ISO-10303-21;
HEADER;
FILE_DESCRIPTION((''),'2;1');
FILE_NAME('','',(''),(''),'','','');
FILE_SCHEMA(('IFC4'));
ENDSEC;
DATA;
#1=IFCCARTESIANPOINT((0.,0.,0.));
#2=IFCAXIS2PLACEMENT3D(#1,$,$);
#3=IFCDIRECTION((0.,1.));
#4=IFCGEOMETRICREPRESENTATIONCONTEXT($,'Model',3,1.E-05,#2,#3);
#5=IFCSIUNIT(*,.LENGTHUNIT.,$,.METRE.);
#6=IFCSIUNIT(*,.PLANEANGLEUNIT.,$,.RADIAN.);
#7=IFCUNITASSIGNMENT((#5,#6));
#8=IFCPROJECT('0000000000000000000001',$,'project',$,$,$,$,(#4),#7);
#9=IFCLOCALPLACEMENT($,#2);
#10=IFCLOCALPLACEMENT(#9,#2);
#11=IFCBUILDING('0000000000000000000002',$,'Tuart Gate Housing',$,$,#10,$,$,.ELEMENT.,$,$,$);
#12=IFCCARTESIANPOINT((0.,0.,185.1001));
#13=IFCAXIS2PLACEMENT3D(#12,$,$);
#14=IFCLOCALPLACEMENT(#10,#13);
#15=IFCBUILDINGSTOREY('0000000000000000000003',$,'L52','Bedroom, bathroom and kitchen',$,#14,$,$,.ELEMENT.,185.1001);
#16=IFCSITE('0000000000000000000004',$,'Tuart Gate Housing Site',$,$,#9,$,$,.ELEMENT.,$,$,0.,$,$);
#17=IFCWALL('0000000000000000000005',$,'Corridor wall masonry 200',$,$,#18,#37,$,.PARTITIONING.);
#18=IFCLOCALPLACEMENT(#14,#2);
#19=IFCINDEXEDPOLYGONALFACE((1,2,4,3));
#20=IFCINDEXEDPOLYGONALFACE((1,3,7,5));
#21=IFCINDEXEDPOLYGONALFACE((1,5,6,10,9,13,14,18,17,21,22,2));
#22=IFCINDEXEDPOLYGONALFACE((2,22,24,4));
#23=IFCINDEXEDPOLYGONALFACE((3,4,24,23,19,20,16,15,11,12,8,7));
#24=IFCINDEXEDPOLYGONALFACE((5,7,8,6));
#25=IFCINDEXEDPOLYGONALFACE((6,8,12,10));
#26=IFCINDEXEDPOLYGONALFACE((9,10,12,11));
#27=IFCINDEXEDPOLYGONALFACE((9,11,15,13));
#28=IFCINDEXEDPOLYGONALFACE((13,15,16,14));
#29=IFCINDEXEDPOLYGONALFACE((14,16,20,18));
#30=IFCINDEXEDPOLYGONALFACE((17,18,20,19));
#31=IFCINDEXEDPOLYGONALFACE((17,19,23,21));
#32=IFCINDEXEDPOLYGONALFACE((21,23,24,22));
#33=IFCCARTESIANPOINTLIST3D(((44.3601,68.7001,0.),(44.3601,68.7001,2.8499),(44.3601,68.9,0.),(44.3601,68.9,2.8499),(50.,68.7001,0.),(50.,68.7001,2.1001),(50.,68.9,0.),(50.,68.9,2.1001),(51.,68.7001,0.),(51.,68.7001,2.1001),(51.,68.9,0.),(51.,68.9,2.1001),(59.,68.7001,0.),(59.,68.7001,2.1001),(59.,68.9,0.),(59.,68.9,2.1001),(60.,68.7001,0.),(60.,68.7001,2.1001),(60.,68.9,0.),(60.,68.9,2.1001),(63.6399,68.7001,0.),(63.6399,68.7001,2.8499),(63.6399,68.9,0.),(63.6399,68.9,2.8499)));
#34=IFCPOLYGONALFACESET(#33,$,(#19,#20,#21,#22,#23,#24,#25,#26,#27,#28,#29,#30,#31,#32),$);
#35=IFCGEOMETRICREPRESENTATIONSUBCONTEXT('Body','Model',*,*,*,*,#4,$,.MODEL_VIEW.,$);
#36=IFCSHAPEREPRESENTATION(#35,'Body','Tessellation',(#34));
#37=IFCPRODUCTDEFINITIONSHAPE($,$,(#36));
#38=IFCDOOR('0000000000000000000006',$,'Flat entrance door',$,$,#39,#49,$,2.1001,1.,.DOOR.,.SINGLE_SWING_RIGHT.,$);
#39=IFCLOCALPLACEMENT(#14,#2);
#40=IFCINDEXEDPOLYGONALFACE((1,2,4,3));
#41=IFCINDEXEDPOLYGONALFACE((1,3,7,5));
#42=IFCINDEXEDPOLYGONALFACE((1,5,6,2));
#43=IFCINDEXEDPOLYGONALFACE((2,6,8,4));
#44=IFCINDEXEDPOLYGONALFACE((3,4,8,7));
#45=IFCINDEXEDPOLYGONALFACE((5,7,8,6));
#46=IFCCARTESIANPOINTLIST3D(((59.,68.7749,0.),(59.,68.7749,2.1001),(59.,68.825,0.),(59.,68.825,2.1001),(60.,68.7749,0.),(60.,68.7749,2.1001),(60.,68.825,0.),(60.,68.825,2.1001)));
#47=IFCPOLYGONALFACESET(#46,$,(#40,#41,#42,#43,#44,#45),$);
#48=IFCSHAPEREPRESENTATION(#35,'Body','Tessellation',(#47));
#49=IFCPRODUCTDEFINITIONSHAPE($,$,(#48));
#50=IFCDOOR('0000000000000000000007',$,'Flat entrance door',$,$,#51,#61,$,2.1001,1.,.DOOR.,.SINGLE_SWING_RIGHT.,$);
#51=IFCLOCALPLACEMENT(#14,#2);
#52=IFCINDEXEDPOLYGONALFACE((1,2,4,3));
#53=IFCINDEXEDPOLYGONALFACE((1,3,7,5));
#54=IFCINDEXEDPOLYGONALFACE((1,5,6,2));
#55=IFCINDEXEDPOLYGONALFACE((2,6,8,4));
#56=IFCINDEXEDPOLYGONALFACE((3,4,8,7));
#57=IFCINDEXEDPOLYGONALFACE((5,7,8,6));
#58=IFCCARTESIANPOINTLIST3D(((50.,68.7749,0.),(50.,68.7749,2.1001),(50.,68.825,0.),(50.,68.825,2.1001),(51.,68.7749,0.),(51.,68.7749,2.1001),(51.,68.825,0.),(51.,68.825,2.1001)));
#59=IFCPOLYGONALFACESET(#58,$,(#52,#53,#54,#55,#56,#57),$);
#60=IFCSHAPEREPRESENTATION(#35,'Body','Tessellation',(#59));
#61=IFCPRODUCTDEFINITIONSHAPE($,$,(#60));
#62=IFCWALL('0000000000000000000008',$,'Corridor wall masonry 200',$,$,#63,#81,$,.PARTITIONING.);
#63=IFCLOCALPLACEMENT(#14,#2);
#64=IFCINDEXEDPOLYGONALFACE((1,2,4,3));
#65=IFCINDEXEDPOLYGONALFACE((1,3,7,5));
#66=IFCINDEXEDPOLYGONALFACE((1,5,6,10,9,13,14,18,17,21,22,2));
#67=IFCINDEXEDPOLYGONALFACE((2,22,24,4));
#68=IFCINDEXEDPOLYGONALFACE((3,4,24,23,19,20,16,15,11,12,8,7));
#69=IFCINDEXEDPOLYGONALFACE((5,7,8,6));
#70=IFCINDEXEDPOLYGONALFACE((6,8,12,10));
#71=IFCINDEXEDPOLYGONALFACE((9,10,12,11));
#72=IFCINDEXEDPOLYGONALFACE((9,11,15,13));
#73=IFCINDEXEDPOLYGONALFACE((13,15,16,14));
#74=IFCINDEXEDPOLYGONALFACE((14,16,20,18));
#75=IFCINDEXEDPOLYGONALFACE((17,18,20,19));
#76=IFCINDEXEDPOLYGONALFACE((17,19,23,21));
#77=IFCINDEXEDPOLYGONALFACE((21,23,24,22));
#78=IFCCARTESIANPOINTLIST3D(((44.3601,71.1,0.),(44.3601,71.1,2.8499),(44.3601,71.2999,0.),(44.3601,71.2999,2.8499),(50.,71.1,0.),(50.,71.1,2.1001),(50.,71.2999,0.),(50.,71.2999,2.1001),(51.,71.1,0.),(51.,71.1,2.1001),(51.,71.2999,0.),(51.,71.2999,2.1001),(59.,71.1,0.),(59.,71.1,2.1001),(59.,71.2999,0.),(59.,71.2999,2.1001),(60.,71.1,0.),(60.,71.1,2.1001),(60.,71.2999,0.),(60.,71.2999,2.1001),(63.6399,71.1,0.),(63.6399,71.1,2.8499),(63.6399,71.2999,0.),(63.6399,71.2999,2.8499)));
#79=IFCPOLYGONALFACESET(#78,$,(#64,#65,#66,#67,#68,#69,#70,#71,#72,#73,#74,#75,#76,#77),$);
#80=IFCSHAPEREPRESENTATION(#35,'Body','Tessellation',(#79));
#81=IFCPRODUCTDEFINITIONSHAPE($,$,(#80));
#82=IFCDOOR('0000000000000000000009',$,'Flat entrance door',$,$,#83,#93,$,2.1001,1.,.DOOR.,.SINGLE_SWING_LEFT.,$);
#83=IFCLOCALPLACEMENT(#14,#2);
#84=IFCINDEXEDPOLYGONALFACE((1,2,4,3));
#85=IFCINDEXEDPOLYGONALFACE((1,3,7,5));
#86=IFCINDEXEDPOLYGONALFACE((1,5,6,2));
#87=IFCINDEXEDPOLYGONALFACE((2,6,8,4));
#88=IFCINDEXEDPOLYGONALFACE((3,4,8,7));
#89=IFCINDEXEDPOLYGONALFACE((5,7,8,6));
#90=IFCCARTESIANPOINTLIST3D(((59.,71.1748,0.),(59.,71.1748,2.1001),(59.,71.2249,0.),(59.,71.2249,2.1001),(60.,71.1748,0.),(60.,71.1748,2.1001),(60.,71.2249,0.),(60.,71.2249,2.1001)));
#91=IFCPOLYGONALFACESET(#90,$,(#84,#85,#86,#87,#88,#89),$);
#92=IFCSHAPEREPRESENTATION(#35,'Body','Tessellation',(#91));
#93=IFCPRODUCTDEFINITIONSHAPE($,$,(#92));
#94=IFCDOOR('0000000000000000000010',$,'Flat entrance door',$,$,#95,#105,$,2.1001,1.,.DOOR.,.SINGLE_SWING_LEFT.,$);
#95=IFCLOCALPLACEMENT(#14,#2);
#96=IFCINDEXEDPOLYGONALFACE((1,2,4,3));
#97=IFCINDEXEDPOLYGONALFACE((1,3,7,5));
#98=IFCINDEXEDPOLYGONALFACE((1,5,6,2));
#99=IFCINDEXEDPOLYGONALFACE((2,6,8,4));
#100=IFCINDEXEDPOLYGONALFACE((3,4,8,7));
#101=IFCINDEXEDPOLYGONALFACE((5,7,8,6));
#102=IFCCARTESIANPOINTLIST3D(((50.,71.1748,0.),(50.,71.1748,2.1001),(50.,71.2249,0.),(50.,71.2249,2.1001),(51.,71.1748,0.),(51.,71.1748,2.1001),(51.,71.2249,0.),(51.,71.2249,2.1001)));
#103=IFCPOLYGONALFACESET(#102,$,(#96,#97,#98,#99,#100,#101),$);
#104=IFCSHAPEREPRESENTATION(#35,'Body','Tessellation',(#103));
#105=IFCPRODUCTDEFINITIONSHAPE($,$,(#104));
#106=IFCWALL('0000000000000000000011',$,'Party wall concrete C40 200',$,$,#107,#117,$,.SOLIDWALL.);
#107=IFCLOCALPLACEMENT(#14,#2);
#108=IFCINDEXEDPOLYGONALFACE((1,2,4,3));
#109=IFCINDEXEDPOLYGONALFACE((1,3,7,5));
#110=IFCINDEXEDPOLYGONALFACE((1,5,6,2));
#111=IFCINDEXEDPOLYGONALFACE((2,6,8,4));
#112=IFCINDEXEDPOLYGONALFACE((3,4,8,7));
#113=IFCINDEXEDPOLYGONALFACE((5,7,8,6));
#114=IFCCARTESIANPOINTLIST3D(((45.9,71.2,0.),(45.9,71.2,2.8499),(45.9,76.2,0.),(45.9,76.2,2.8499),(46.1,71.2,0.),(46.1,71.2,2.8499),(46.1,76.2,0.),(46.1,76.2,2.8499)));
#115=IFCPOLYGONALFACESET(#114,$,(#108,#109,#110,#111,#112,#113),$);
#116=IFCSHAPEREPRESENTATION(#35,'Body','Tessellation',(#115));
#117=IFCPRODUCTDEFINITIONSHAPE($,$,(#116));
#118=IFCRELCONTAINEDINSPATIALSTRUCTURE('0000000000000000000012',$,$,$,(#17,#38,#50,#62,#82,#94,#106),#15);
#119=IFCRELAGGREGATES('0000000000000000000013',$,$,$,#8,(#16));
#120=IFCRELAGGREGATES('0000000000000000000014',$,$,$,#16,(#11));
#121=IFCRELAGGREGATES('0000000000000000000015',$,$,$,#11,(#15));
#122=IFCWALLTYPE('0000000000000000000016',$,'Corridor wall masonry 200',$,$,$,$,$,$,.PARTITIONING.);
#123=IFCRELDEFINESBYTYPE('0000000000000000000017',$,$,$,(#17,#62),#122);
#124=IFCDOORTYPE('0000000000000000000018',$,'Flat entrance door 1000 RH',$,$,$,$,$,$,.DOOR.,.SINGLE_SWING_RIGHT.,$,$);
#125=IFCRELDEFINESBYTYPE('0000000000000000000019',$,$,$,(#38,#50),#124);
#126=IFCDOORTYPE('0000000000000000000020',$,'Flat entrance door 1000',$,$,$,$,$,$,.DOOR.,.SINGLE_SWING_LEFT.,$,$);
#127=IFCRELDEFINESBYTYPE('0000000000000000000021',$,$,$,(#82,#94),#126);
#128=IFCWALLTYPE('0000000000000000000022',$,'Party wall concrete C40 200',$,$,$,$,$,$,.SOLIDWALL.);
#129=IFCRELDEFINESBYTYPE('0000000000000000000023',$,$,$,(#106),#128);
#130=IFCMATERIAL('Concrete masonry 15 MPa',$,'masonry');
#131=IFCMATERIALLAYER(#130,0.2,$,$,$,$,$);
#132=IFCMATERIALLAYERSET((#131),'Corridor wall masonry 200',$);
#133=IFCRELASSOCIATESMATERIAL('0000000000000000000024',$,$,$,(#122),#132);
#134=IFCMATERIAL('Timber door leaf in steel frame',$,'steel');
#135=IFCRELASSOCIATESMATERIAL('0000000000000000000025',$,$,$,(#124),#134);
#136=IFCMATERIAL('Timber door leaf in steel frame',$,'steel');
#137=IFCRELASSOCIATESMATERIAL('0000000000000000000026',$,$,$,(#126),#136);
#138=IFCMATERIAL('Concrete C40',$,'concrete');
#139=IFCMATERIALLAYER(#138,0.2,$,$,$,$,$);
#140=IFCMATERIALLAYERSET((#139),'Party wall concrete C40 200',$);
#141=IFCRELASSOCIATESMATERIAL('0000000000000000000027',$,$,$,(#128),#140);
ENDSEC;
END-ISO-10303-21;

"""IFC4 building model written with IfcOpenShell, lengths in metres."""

from ifc_helpers import new_model, si_unit, direction, frame, frame_2d, origin, place, context, subcontext, project, spatial, rectangle, extrude, material, layer, layer_set, type_object, element, fill, save


model = new_model("IFC4")

# Units and contexts
model_context = context("Model", 3, precision=1e-05, world=origin(), true_north=direction((0.0, 1.0)))
body_context = subcontext(model_context, "Body", "Model", "MODEL_VIEW")
ifc_project = project(units=[si_unit("LENGTHUNIT", "METRE"), si_unit("PLANEANGLEUNIT", "RADIAN")], contexts=[model_context])

# Site, building, storey
site_placement = place(None, origin())
site = spatial("IfcSite", under=ifc_project, at=site_placement, Name="Tuart Gate Housing Site", CompositionType="ELEMENT", RefElevation=0.0)
building_placement = place(site_placement, origin())
building = spatial("IfcBuilding", under=site, at=building_placement, Name="Tuart Gate Housing", CompositionType="ELEMENT")
storey_placement = place(building_placement, frame((0.0, 0.0, 185.1001)))
storey = spatial("IfcBuildingStorey", under=building, at=storey_placement, Name="L52", Description="Bedroom, bathroom and kitchen", CompositionType="ELEMENT", Elevation=185.1001)

# Walls, openings, doors
ifc_material_1 = material(Name="Concrete masonry 15 MPa", Category="masonry")
ifc_layer_1 = layer(ifc_material_1, 0.2)
ifc_layer_set_1 = layer_set([ifc_layer_1], Name="Corridor wall masonry 200")
wall_type_1 = type_object("IfcWallType", Name="Corridor wall masonry 200", PredefinedType="PARTITIONING", material=ifc_layer_set_1)
wall_1_placement = place(storey_placement, frame((44.3601, 68.8, 0.0), z_axis=(0.0, 0.0, 1.0), x_axis=(1.0, 0.0, 0.0)))
wall_1 = element("IfcWall", 1, at=wall_1_placement, inside=storey, type_object=wall_type_1, Name="Corridor wall masonry 200", PredefinedType="PARTITIONING", context=body_context, shape_type="SweptSolid", body=[
    extrude(rectangle(XDim=19.2798, YDim=0.2, at=frame_2d((9.6399, 0.0))), origin(), (0.0, 0.0, 1.0), 2.8499),
])
opening_1_placement = place(wall_1_placement, frame((14.6399, 0.0, 0.0)))
opening_1 = element("IfcOpeningElement", 2, at=opening_1_placement, cuts=wall_1, PredefinedType="OPENING", context=body_context, shape_type="SweptSolid", body=[
    extrude(rectangle(XDim=1.0, YDim=2.1001, at=frame_2d((0.5, 1.05))), frame((0.0, 0.1099, 0.0), z_axis=(0.0, -1.0, 0.0), x_axis=(1.0, 0.0, 0.0)), (0.0, 0.0, 1.0), 0.22),
])
opening_2_placement = place(wall_1_placement, frame((5.6399, 0.0, 0.0)))
opening_2 = element("IfcOpeningElement", 3, at=opening_2_placement, cuts=wall_1, PredefinedType="OPENING", context=body_context, shape_type="SweptSolid", body=[
    extrude(rectangle(XDim=1.0, YDim=2.1001, at=frame_2d((0.5, 1.05))), frame((0.0, 0.1099, 0.0), z_axis=(0.0, -1.0, 0.0), x_axis=(1.0, 0.0, 0.0)), (0.0, 0.0, 1.0), 0.22),
])
ifc_material_2 = material(Name="Timber door leaf in steel frame", Category="steel")
door_type_1 = type_object("IfcDoorType", Name="Flat entrance door 1000 RH", OperationType="SINGLE_SWING_RIGHT", PredefinedType="DOOR", material=ifc_material_2)
door_1_placement = place(opening_1_placement, frame((1.0, 0.0, 0.0), z_axis=(0.0, 0.0, 1.0), x_axis=(-1.0, 0.0, 0.0)))
door_1 = element("IfcDoor", 4, at=door_1_placement, inside=storey, type_object=door_type_1, Name="Flat entrance door", OperationType="SINGLE_SWING_RIGHT", OverallHeight=2.1001, OverallWidth=1.0, PredefinedType="DOOR", context=body_context, shape_type="SweptSolid", body=[
    extrude(rectangle(XDim=1.0, YDim=2.1001, at=frame_2d((0.5, 1.05))), frame((0.0, 0.0251, 0.0), z_axis=(0.0, -1.0, 0.0), x_axis=(1.0, 0.0, 0.0)), (0.0, 0.0, 1.0), 0.05),
])
fill(opening_1, door_1)
door_2_placement = place(opening_2_placement, frame((1.0, 0.0, 0.0), z_axis=(0.0, 0.0, 1.0), x_axis=(-1.0, 0.0, 0.0)))
door_2 = element("IfcDoor", 5, at=door_2_placement, inside=storey, type_object=door_type_1, Name="Flat entrance door", OperationType="SINGLE_SWING_RIGHT", OverallHeight=2.1001, OverallWidth=1.0, PredefinedType="DOOR", context=body_context, shape_type="SweptSolid", body=[
    extrude(rectangle(XDim=1.0, YDim=2.1001, at=frame_2d((0.5, 1.05))), frame((0.0, 0.0251, 0.0), z_axis=(0.0, -1.0, 0.0), x_axis=(1.0, 0.0, 0.0)), (0.0, 0.0, 1.0), 0.05),
])
fill(opening_2, door_2)
wall_2_placement = place(storey_placement, frame((44.3601, 71.2, 0.0), z_axis=(0.0, 0.0, 1.0), x_axis=(1.0, 0.0, 0.0)))
wall_2 = element("IfcWall", 6, at=wall_2_placement, inside=storey, type_object=wall_type_1, Name="Corridor wall masonry 200", PredefinedType="PARTITIONING", context=body_context, shape_type="SweptSolid", body=[
    extrude(rectangle(XDim=19.2798, YDim=0.2, at=frame_2d((9.6399, 0.0))), origin(), (0.0, 0.0, 1.0), 2.8499),
])
opening_3_placement = place(wall_2_placement, frame((14.6399, 0.0, 0.0)))
opening_3 = element("IfcOpeningElement", 7, at=opening_3_placement, cuts=wall_2, PredefinedType="OPENING", context=body_context, shape_type="SweptSolid", body=[
    extrude(rectangle(XDim=1.0, YDim=2.1001, at=frame_2d((0.5, 1.05))), frame((0.0, 0.1099, 0.0), z_axis=(0.0, -1.0, 0.0), x_axis=(1.0, 0.0, 0.0)), (0.0, 0.0, 1.0), 0.22),
])
opening_4_placement = place(wall_2_placement, frame((5.6399, 0.0, 0.0)))
opening_4 = element("IfcOpeningElement", 8, at=opening_4_placement, cuts=wall_2, PredefinedType="OPENING", context=body_context, shape_type="SweptSolid", body=[
    extrude(rectangle(XDim=1.0, YDim=2.1001, at=frame_2d((0.5, 1.05))), frame((0.0, 0.1099, 0.0), z_axis=(0.0, -1.0, 0.0), x_axis=(1.0, 0.0, 0.0)), (0.0, 0.0, 1.0), 0.22),
])
ifc_material_3 = material(Name="Timber door leaf in steel frame", Category="steel")
door_type_2 = type_object("IfcDoorType", Name="Flat entrance door 1000", OperationType="SINGLE_SWING_LEFT", PredefinedType="DOOR", material=ifc_material_3)
door_3_placement = place(opening_3_placement, origin())
door_3 = element("IfcDoor", 9, at=door_3_placement, inside=storey, type_object=door_type_2, Name="Flat entrance door", OperationType="SINGLE_SWING_LEFT", OverallHeight=2.1001, OverallWidth=1.0, PredefinedType="DOOR", context=body_context, shape_type="SweptSolid", body=[
    extrude(rectangle(XDim=1.0, YDim=2.1001, at=frame_2d((0.5, 1.05))), frame((0.0, 0.0249, 0.0), z_axis=(0.0, -1.0, 0.0), x_axis=(1.0, 0.0, 0.0)), (0.0, 0.0, 1.0), 0.05),
])
fill(opening_3, door_3)
door_4_placement = place(opening_4_placement, origin())
door_4 = element("IfcDoor", 10, at=door_4_placement, inside=storey, type_object=door_type_2, Name="Flat entrance door", OperationType="SINGLE_SWING_LEFT", OverallHeight=2.1001, OverallWidth=1.0, PredefinedType="DOOR", context=body_context, shape_type="SweptSolid", body=[
    extrude(rectangle(XDim=1.0, YDim=2.1001, at=frame_2d((0.5, 1.05))), frame((0.0, 0.0249, 0.0), z_axis=(0.0, -1.0, 0.0), x_axis=(1.0, 0.0, 0.0)), (0.0, 0.0, 1.0), 0.05),
])
fill(opening_4, door_4)

# Wall
ifc_material_4 = material(Name="Concrete C40", Category="concrete")
ifc_layer_2 = layer(ifc_material_4, 0.2)
ifc_layer_set_2 = layer_set([ifc_layer_2], Name="Party wall concrete C40 200")
wall_type_2 = type_object("IfcWallType", Name="Party wall concrete C40 200", PredefinedType="SOLIDWALL", material=ifc_layer_set_2)
wall_3_placement = place(storey_placement, frame((46.0, 71.2, 0.0), z_axis=(0.0, 0.0, 1.0), x_axis=(0.0, 1.0, 0.0)))
element("IfcWall", 11, at=wall_3_placement, inside=storey, type_object=wall_type_2, Name="Party wall concrete C40 200", PredefinedType="SOLIDWALL", context=body_context, shape_type="SweptSolid", body=[
    extrude(rectangle(XDim=5.0, YDim=0.2, at=frame_2d((2.5, 0.0))), origin(), (0.0, 0.0, 1.0), 2.8499),
])

save(model, "model.ifc")
